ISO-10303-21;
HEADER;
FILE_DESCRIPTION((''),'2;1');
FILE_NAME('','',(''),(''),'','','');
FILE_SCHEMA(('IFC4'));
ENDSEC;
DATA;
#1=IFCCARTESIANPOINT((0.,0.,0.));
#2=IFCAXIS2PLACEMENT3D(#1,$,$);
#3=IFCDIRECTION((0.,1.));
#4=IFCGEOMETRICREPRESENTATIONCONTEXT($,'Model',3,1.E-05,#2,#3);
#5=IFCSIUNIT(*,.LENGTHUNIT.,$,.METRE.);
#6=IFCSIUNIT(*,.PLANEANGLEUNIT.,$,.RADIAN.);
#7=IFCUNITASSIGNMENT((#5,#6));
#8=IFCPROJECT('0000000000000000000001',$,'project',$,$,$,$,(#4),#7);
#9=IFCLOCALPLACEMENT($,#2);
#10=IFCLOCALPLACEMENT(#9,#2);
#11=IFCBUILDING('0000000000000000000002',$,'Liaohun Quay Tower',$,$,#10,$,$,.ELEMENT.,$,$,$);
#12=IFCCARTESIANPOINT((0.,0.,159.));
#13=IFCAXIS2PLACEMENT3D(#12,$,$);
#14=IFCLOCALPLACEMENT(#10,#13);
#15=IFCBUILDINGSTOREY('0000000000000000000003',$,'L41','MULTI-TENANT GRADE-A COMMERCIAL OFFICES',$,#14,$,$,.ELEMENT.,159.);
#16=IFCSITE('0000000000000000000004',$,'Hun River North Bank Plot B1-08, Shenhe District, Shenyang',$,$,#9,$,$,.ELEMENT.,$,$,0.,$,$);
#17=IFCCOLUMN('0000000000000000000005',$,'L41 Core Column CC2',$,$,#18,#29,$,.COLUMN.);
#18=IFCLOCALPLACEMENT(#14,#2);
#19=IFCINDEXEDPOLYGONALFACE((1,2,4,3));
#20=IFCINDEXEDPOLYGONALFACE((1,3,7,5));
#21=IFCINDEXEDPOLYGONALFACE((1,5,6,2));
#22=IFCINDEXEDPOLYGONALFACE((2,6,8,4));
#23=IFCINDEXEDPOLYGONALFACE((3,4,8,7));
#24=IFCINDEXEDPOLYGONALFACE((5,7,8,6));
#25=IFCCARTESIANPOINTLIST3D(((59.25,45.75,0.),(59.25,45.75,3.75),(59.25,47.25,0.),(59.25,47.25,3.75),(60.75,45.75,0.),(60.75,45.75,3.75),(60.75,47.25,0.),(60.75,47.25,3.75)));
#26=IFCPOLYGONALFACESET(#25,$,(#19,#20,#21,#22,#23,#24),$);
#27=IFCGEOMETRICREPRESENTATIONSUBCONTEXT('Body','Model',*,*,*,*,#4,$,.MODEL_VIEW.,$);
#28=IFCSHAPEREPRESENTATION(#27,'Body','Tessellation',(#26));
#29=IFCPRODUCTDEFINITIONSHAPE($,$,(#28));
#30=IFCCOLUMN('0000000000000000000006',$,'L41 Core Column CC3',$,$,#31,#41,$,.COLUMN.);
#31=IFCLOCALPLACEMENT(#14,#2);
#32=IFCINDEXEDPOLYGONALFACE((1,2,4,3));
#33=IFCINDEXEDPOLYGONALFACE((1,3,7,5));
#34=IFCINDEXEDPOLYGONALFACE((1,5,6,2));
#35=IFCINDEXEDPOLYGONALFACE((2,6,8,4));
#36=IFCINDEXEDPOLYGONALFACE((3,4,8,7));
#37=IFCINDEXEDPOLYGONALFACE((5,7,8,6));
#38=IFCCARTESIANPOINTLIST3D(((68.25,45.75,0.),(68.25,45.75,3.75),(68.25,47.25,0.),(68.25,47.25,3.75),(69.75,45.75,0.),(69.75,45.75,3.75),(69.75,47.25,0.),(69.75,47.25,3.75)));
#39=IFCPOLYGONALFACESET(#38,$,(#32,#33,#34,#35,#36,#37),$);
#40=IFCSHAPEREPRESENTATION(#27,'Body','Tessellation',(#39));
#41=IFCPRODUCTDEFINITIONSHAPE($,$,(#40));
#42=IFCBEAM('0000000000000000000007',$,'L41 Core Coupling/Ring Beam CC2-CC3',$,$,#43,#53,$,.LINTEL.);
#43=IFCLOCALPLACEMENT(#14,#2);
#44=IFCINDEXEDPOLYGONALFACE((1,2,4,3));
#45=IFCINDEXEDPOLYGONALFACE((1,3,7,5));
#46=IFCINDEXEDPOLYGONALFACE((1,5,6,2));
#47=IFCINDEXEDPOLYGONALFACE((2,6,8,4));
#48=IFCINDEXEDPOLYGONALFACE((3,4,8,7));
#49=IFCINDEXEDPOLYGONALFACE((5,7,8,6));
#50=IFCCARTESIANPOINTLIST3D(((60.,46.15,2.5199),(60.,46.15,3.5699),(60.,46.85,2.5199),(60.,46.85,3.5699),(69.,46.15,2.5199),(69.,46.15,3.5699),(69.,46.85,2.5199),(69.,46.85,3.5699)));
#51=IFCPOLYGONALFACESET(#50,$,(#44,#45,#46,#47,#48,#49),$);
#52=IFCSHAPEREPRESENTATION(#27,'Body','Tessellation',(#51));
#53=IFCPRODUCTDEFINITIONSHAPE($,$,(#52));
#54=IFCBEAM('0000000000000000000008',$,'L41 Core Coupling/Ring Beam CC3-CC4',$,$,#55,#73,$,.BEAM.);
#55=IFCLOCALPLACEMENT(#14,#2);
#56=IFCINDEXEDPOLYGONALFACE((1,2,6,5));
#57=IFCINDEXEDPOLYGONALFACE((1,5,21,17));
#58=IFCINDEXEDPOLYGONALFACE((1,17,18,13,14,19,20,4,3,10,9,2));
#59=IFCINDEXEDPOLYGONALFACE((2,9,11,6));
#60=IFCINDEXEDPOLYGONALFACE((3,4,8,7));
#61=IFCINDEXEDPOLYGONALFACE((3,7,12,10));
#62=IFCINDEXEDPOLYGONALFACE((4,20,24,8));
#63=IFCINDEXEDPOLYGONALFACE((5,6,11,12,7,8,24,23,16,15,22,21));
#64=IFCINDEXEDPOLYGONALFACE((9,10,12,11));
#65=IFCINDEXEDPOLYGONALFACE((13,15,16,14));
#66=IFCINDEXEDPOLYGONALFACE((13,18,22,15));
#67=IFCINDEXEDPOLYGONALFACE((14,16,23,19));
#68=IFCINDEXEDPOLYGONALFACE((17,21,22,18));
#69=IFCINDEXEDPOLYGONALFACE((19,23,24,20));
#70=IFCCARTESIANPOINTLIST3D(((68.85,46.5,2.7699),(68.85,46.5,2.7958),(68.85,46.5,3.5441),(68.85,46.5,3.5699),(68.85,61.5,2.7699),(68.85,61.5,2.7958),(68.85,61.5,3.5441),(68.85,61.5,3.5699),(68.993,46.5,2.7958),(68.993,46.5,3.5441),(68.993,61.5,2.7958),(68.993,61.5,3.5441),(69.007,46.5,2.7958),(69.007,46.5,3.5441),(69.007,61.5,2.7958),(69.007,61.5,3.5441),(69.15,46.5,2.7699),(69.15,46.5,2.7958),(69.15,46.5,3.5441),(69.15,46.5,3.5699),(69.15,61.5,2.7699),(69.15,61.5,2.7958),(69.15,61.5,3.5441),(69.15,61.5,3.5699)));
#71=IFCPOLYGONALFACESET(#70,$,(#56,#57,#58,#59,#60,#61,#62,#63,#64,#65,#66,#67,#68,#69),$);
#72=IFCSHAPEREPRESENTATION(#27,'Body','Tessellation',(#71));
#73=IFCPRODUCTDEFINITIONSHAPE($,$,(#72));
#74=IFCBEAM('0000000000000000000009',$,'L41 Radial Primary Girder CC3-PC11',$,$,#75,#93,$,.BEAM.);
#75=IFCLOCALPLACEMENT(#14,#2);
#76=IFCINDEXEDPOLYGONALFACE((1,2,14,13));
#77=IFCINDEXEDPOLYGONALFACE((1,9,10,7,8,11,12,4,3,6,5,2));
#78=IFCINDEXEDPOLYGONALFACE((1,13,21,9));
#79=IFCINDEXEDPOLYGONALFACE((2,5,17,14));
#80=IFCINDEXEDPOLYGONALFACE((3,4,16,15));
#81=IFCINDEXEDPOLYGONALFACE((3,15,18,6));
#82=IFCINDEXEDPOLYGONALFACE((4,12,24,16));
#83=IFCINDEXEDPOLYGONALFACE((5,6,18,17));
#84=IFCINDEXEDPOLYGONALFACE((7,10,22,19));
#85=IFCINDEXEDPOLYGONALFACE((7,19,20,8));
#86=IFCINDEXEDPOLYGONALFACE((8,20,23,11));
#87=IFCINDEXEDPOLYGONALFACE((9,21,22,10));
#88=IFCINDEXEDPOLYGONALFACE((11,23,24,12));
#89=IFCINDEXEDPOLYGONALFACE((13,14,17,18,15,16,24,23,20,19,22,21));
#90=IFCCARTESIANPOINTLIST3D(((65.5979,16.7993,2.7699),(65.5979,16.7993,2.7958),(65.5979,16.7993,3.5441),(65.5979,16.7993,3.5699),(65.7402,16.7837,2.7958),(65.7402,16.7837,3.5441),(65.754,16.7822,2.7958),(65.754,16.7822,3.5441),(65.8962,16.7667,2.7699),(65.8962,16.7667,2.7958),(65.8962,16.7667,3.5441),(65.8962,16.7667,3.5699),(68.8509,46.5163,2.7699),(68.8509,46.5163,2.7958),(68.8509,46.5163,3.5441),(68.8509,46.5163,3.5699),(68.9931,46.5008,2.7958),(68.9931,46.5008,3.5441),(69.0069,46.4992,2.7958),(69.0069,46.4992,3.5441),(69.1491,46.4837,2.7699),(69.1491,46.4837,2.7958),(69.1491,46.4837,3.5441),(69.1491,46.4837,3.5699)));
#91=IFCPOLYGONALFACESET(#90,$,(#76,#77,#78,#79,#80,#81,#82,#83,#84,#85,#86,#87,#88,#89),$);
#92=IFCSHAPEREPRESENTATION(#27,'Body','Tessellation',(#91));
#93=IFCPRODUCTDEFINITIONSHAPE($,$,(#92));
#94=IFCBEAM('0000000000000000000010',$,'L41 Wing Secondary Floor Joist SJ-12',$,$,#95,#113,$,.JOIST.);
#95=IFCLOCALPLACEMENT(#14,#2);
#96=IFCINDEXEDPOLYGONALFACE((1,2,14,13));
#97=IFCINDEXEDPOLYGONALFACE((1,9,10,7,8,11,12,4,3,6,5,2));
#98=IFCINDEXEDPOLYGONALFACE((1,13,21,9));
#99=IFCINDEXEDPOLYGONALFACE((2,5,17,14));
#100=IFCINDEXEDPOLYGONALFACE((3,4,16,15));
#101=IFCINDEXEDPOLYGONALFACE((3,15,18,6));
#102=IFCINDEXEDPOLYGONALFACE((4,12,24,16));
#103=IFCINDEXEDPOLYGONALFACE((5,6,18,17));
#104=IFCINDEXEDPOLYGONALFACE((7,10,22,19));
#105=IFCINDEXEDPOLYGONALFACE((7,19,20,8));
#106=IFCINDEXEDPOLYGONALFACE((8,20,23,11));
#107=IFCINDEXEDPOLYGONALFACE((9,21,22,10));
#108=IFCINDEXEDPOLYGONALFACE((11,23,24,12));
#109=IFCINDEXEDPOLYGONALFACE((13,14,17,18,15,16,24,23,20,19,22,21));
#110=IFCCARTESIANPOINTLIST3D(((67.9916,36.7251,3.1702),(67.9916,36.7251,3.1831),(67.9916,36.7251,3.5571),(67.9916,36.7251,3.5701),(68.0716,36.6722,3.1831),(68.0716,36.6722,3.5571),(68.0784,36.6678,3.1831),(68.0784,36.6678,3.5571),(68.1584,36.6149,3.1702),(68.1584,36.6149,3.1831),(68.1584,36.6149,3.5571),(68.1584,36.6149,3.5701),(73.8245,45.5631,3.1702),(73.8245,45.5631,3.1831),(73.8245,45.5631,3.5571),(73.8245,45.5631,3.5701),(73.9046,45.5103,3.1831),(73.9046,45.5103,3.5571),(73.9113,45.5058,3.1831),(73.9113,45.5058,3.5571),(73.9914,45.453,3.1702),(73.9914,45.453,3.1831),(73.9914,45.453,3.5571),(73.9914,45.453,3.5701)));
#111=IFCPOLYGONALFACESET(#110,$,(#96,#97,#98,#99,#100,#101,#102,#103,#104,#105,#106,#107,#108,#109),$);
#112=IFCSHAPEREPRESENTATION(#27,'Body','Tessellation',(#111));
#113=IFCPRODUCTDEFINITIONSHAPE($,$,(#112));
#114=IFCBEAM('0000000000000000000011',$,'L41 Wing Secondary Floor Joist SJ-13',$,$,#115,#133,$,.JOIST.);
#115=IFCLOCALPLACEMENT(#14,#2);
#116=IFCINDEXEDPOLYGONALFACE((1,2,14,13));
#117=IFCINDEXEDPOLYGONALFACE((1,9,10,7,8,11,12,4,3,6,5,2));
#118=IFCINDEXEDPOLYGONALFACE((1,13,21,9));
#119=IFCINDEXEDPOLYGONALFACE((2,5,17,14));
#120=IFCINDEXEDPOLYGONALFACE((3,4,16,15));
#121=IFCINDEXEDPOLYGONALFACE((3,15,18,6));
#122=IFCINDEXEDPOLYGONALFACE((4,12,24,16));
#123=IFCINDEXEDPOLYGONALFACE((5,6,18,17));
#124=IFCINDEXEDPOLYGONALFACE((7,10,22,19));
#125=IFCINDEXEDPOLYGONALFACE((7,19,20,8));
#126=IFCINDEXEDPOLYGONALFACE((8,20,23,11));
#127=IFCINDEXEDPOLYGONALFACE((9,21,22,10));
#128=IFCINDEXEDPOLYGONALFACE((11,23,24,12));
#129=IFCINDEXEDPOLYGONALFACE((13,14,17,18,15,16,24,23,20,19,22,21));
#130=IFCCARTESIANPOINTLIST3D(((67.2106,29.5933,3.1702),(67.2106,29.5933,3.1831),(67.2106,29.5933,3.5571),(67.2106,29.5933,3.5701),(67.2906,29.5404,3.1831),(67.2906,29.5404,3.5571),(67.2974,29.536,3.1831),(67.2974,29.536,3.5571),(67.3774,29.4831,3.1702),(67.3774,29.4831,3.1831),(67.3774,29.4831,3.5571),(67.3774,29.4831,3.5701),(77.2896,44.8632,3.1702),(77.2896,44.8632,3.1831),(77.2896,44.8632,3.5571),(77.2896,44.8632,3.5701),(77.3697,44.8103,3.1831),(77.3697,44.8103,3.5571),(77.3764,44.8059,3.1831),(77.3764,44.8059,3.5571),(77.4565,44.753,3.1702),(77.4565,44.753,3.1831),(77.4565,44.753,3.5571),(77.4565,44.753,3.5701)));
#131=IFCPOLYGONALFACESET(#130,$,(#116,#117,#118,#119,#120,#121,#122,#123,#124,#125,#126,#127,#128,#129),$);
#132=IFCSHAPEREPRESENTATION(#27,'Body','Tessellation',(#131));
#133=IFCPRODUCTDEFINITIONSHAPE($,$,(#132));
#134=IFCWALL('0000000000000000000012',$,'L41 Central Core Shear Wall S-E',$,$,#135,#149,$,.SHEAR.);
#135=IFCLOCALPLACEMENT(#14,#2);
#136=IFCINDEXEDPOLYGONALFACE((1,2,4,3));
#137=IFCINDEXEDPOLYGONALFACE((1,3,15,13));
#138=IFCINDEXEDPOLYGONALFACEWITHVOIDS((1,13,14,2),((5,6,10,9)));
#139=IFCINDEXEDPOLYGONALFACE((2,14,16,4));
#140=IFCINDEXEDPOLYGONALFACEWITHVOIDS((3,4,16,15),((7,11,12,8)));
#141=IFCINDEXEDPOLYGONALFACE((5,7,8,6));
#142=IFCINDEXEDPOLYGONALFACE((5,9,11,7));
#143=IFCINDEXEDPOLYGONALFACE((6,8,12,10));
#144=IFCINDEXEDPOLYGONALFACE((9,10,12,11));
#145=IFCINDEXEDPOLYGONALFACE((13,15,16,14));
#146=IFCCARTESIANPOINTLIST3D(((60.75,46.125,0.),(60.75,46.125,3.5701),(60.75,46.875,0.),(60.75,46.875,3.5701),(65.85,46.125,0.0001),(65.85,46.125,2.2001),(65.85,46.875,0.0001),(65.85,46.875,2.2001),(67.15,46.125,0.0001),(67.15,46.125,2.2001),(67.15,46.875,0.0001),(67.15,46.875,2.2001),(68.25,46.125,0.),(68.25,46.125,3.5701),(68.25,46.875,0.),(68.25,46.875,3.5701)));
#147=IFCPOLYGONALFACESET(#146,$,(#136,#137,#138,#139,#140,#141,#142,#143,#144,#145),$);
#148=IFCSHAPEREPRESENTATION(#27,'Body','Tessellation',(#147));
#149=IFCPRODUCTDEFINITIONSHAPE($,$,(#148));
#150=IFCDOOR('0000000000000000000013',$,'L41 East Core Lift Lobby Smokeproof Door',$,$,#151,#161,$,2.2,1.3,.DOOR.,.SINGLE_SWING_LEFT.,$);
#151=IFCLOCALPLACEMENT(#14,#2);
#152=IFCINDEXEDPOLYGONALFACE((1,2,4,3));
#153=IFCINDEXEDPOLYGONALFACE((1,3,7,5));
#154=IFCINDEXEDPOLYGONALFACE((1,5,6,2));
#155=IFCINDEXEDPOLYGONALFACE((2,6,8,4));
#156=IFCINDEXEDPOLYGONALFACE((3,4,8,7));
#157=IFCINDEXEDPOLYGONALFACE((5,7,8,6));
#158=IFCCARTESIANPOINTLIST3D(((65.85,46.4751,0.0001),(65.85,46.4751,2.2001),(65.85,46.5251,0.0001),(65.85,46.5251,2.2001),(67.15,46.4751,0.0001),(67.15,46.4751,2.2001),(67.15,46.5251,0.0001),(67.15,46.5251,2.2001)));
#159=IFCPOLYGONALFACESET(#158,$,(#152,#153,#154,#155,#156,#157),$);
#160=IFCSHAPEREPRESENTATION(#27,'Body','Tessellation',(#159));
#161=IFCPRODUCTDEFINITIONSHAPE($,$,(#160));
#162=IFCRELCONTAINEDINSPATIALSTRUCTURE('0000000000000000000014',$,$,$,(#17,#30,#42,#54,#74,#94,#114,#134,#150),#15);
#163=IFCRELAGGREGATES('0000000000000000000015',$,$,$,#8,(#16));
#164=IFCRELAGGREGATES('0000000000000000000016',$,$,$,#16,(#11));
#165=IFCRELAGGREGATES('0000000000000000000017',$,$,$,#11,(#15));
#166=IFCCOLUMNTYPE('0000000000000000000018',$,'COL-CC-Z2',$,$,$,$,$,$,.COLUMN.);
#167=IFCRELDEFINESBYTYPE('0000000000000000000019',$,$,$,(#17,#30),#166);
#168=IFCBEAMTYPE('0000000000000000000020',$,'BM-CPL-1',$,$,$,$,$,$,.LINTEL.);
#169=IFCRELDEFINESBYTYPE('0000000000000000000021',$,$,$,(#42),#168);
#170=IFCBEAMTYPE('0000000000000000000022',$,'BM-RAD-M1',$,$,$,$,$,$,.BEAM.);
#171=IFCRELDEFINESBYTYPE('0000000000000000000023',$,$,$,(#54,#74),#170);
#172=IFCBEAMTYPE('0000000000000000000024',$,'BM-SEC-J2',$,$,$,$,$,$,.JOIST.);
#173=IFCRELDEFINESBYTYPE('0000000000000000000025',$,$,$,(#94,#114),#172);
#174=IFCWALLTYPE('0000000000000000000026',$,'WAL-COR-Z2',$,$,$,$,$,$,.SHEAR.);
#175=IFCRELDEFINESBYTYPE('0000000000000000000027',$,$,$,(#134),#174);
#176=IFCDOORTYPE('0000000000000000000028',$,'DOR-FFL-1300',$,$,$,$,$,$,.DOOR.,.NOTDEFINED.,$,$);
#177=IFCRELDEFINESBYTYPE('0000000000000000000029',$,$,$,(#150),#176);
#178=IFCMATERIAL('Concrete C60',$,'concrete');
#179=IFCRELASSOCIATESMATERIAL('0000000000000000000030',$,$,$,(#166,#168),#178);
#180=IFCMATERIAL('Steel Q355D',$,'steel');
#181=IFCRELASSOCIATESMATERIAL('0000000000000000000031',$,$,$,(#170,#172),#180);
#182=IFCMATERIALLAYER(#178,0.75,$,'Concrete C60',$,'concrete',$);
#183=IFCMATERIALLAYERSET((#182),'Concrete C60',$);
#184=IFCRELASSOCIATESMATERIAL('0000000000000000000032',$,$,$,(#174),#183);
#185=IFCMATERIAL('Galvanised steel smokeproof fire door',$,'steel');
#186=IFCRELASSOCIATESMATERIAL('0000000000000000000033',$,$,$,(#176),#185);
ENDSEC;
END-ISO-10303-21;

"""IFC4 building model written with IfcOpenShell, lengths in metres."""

from ifc_helpers import new_model, si_unit, direction, frame, frame_2d, origin, origin_2d, place, context, subcontext, project, spatial, rectangle, i_section, extrude, source, transform, mapped, material, layer, layer_set, material_profile, profile_set, type_object, element, fill, save


model = new_model("IFC4")

# Units and contexts
model_context = context("Model", 3, precision=1e-05, world=origin(), true_north=direction((0.0, 1.0)))
body_context = subcontext(model_context, "Body", "Model", "MODEL_VIEW")
ifc_project = project(units=[si_unit("LENGTHUNIT", "METRE"), si_unit("PLANEANGLEUNIT", "RADIAN")], contexts=[model_context])

# Site, building, storey
site_placement = place(None, origin())
site = spatial("IfcSite", under=ifc_project, at=site_placement, Name="Hun River North Bank Plot B1-08, Shenhe District, Shenyang", CompositionType="ELEMENT", RefElevation=0.0)
building_placement = place(site_placement, origin())
building = spatial("IfcBuilding", under=site, at=building_placement, Name="Liaohun Quay Tower", CompositionType="ELEMENT")
storey_placement = place(building_placement, frame((0.0, 0.0, 159.0)))
storey = spatial("IfcBuildingStorey", under=building, at=storey_placement, Name="L41", Description="MULTI-TENANT GRADE-A COMMERCIAL OFFICES", CompositionType="ELEMENT", Elevation=159.0)

# Columns
ifc_material_1 = material(Name="Concrete C60", Category="concrete")
ifc_material_profile_1 = material_profile(ifc_material_1, rectangle(XDim=1.5, YDim=1.5, at=origin_2d()), Name="RC1500x1500")
ifc_profile_set_1 = profile_set([ifc_material_profile_1], Name="Concrete C60")
column_type = type_object("IfcColumnType", Name="COL-CC-Z2", PredefinedType="COLUMN", material=ifc_profile_set_1)
shared_shape_1 = source(origin(), body_context, "Body", "SweptSolid", [
    extrude(rectangle(XDim=1.5, YDim=1.5, at=origin_2d()), origin(), (0.0, 0.0, 1.0), 3.75),
])
for number, where, z_axis, x_axis, name in (
    (1, (60.0, 46.5, 0.0), (0.0, 0.0, 1.0), (1.0, 0.0, 0.0), "L41 Core Column CC2"),
    (2, (69.0, 46.5, 0.0), (0.0, 0.0, 1.0), (1.0, 0.0, 0.0), "L41 Core Column CC3"),
):
    element("IfcColumn", number, at=place(storey_placement, frame(where, z_axis=z_axis, x_axis=x_axis)), inside=storey, type_object=column_type, Name=name, PredefinedType="COLUMN", context=body_context, shape_type="MappedRepresentation", body=[
        mapped(shared_shape_1, transform((0.0, 0.0, 0.0), x_axis=(1.0, 0.0, 0.0), y_axis=(0.0, 1.0, 0.0), z_axis=(0.0, 0.0, 1.0), scale=1.0)),
    ])

# Beams
ifc_material_profile_2 = material_profile(ifc_material_1, rectangle(XDim=0.7, YDim=1.05, at=origin_2d()), Name="RC700x1050")
ifc_profile_set_2 = profile_set([ifc_material_profile_2], Name="Concrete C60")
beam_type_1 = type_object("IfcBeamType", Name="BM-CPL-1", PredefinedType="LINTEL", material=ifc_profile_set_2)
shared_shape_2 = source(origin(), body_context, "Body", "SweptSolid", [
    extrude(rectangle(XDim=0.7, YDim=1.05, at=origin_2d()), origin(), (0.0, 0.0, 1.0), 9.0),
])
beam_1_placement = place(storey_placement, frame((60.0, 46.5, 3.0449), z_axis=(1.0, 0.0, 0.0), x_axis=(0.0, 1.0, 0.0)))
element("IfcBeam", 3, at=beam_1_placement, inside=storey, type_object=beam_type_1, Name="L41 Core Coupling/Ring Beam CC2-CC3", PredefinedType="LINTEL", context=body_context, shape_type="MappedRepresentation", body=[
    mapped(shared_shape_2, transform((0.0, 0.0, 0.0), x_axis=(1.0, 0.0, 0.0), y_axis=(0.0, 1.0, 0.0), z_axis=(0.0, 0.0, 1.0), scale=1.0)),
])
ifc_material_2 = material(Name="Steel Q355D", Category="steel")
ifc_material_profile_3 = material_profile(ifc_material_2, i_section(OverallWidth=0.3, OverallDepth=0.8, WebThickness=0.0139, FlangeThickness=0.0259, at=origin_2d()), Name="HN800x300x14x26")
ifc_profile_set_3 = profile_set([ifc_material_profile_3], Name="Steel Q355D")
beam_type_2 = type_object("IfcBeamType", Name="BM-RAD-M1", PredefinedType="BEAM", material=ifc_profile_set_3)
shared_shape_3 = source(origin(), body_context, "Body", "SweptSolid", [
    extrude(i_section(OverallWidth=0.3, OverallDepth=0.8, WebThickness=0.0139, FlangeThickness=0.0259, at=origin_2d()), origin(), (0.0, 0.0, 1.0), 15.0),
])
beam_2_placement = place(storey_placement, frame((69.0, 46.5, 3.1699), z_axis=(0.0, 1.0, 0.0), x_axis=(-1.0, 0.0, 0.0)))
element("IfcBeam", 4, at=beam_2_placement, inside=storey, type_object=beam_type_2, Name="L41 Core Coupling/Ring Beam CC3-CC4", PredefinedType="BEAM", context=body_context, shape_type="MappedRepresentation", body=[
    mapped(shared_shape_3, transform((0.0, 0.0, 0.0), x_axis=(1.0, 0.0, 0.0), y_axis=(0.0, 1.0, 0.0), z_axis=(0.0, 0.0, 1.0), scale=1.0)),
])
shared_shape_4 = source(origin(), body_context, "Body", "SweptSolid", [
    extrude(i_section(OverallWidth=0.3, OverallDepth=0.8, WebThickness=0.0139, FlangeThickness=0.0259, at=origin_2d()), origin(), (0.0, 0.0, 1.0), 29.8945),
])
beam_3_placement = place(storey_placement, frame((69.0, 46.5, 3.1699), z_axis=(-0.108813, -0.994062, 0.0), x_axis=(0.994062, -0.108813, 0.0)))
element("IfcBeam", 5, at=beam_3_placement, inside=storey, type_object=beam_type_2, Name="L41 Radial Primary Girder CC3-PC11", PredefinedType="BEAM", context=body_context, shape_type="MappedRepresentation", body=[
    mapped(shared_shape_4, transform((0.0, 0.0, 0.0), x_axis=(1.0, 0.0, 0.0), y_axis=(0.0, 1.0, 0.0), z_axis=(0.0, 0.0, 1.0), scale=1.0)),
])
ifc_material_profile_4 = material_profile(ifc_material_2, i_section(OverallWidth=0.2, OverallDepth=0.3999, WebThickness=0.0081, FlangeThickness=0.0129, at=origin_2d()), Name="HN400x200x8x13")
ifc_profile_set_4 = profile_set([ifc_material_profile_4], Name="Steel Q355D")
beam_type_3 = type_object("IfcBeamType", Name="BM-SEC-J2", PredefinedType="JOIST", material=ifc_profile_set_4)
shared_shape_5 = source(origin(), body_context, "Body", "SweptSolid", [
    extrude(i_section(OverallWidth=0.2, OverallDepth=0.3999, WebThickness=0.0081, FlangeThickness=0.0129, at=origin_2d()), origin(), (0.0, 0.0, 1.0), 10.5894),
])
beam_4_placement = place(storey_placement, frame((73.908, 45.5081, 3.3701), z_axis=(-0.550832, -0.834616, 0.0), x_axis=(0.834616, -0.550832, 0.0)))
element("IfcBeam", 6, at=beam_4_placement, inside=storey, type_object=beam_type_3, Name="L41 Wing Secondary Floor Joist SJ-12", PredefinedType="JOIST", context=body_context, shape_type="MappedRepresentation", body=[
    mapped(shared_shape_5, transform((0.0, 0.0, 0.0), x_axis=(1.0, 0.0, 0.0), y_axis=(0.0, 1.0, 0.0), z_axis=(0.0, 0.0, 1.0), scale=1.0)),
])
shared_shape_6 = source(origin(), body_context, "Body", "SweptSolid", [
    extrude(i_section(OverallWidth=0.2, OverallDepth=0.3999, WebThickness=0.0081, FlangeThickness=0.0129, at=origin_2d()), origin(), (0.0, 0.0, 1.0), 18.2964),
])
beam_5_placement = place(storey_placement, frame((77.373, 44.8081, 3.3701), z_axis=(-0.550876, -0.834587, 0.0), x_axis=(0.834587, -0.550876, 0.0)))
element("IfcBeam", 7, at=beam_5_placement, inside=storey, type_object=beam_type_3, Name="L41 Wing Secondary Floor Joist SJ-13", PredefinedType="JOIST", context=body_context, shape_type="MappedRepresentation", body=[
    mapped(shared_shape_6, transform((0.0, 0.0, 0.0), x_axis=(1.0, 0.0, 0.0), y_axis=(0.0, 1.0, 0.0), z_axis=(0.0, 0.0, 1.0), scale=1.0)),
])

# Wall, opening, door
ifc_layer_1 = layer(ifc_material_1, 0.75, Name="Concrete C60", Category="concrete")
ifc_layer_set_1 = layer_set([ifc_layer_1], Name="Concrete C60")
wall_type_1 = type_object("IfcWallType", Name="WAL-COR-Z2", PredefinedType="SHEAR", material=ifc_layer_set_1)
wall_1_placement = place(storey_placement, frame((68.25, 46.5, 0.0), z_axis=(0.0, 0.0, 1.0), x_axis=(-1.0, 0.0, 0.0)))
wall_1 = element("IfcWall", 8, at=wall_1_placement, inside=storey, type_object=wall_type_1, Name="L41 Central Core Shear Wall S-E", PredefinedType="SHEAR", context=body_context, shape_type="SweptSolid", body=[
    extrude(rectangle(XDim=7.5, YDim=0.75, at=frame_2d((3.75, 0.0))), origin(), (0.0, 0.0, 1.0), 3.5701),
])
shared_shape_7 = source(origin(), body_context, "Body", "SweptSolid", [
    extrude(rectangle(XDim=1.3, YDim=2.2, at=frame_2d((0.6499, 1.1001))), frame((0.0, 0.385, 0.0), z_axis=(0.0, -1.0, 0.0), x_axis=(1.0, 0.0, 0.0)), (0.0, 0.0, 1.0), 0.77),
])
opening_1_placement = place(wall_1_placement, frame((1.1001, 0.0, 0.0)))
opening_1 = element("IfcOpeningElement", 9, at=opening_1_placement, cuts=wall_1, PredefinedType="OPENING", context=body_context, shape_type="MappedRepresentation", body=[
    mapped(shared_shape_7, transform((0.0, 0.0, 0.0), x_axis=(1.0, 0.0, 0.0), y_axis=(0.0, 1.0, 0.0), z_axis=(0.0, 0.0, 1.0), scale=1.0)),
])
ifc_material_3 = material(Name="Galvanised steel smokeproof fire door", Category="steel")
door_type_1 = type_object("IfcDoorType", Name="DOR-FFL-1300", OperationType="NOTDEFINED", PredefinedType="DOOR", material=ifc_material_3)
shared_shape_8 = source(origin(), body_context, "Body", "SweptSolid", [
    extrude(rectangle(XDim=1.3, YDim=2.2, at=frame_2d((0.6499, 1.1001))), frame((0.0, 0.0249, 0.0), z_axis=(0.0, -1.0, 0.0), x_axis=(1.0, 0.0, 0.0)), (0.0, 0.0, 1.0), 0.05),
])
door_1_placement = place(opening_1_placement, origin())
door_1 = element("IfcDoor", 10, at=door_1_placement, inside=storey, type_object=door_type_1, Name="L41 East Core Lift Lobby Smokeproof Door", OperationType="SINGLE_SWING_LEFT", OverallHeight=2.2, OverallWidth=1.3, PredefinedType="DOOR", context=body_context, shape_type="MappedRepresentation", body=[
    mapped(shared_shape_8, transform((0.0, 0.0, 0.0), x_axis=(1.0, 0.0, 0.0), y_axis=(0.0, 1.0, 0.0), z_axis=(0.0, 0.0, 1.0), scale=1.0)),
])
fill(opening_1, door_1)

save(model, "model.ifc")
